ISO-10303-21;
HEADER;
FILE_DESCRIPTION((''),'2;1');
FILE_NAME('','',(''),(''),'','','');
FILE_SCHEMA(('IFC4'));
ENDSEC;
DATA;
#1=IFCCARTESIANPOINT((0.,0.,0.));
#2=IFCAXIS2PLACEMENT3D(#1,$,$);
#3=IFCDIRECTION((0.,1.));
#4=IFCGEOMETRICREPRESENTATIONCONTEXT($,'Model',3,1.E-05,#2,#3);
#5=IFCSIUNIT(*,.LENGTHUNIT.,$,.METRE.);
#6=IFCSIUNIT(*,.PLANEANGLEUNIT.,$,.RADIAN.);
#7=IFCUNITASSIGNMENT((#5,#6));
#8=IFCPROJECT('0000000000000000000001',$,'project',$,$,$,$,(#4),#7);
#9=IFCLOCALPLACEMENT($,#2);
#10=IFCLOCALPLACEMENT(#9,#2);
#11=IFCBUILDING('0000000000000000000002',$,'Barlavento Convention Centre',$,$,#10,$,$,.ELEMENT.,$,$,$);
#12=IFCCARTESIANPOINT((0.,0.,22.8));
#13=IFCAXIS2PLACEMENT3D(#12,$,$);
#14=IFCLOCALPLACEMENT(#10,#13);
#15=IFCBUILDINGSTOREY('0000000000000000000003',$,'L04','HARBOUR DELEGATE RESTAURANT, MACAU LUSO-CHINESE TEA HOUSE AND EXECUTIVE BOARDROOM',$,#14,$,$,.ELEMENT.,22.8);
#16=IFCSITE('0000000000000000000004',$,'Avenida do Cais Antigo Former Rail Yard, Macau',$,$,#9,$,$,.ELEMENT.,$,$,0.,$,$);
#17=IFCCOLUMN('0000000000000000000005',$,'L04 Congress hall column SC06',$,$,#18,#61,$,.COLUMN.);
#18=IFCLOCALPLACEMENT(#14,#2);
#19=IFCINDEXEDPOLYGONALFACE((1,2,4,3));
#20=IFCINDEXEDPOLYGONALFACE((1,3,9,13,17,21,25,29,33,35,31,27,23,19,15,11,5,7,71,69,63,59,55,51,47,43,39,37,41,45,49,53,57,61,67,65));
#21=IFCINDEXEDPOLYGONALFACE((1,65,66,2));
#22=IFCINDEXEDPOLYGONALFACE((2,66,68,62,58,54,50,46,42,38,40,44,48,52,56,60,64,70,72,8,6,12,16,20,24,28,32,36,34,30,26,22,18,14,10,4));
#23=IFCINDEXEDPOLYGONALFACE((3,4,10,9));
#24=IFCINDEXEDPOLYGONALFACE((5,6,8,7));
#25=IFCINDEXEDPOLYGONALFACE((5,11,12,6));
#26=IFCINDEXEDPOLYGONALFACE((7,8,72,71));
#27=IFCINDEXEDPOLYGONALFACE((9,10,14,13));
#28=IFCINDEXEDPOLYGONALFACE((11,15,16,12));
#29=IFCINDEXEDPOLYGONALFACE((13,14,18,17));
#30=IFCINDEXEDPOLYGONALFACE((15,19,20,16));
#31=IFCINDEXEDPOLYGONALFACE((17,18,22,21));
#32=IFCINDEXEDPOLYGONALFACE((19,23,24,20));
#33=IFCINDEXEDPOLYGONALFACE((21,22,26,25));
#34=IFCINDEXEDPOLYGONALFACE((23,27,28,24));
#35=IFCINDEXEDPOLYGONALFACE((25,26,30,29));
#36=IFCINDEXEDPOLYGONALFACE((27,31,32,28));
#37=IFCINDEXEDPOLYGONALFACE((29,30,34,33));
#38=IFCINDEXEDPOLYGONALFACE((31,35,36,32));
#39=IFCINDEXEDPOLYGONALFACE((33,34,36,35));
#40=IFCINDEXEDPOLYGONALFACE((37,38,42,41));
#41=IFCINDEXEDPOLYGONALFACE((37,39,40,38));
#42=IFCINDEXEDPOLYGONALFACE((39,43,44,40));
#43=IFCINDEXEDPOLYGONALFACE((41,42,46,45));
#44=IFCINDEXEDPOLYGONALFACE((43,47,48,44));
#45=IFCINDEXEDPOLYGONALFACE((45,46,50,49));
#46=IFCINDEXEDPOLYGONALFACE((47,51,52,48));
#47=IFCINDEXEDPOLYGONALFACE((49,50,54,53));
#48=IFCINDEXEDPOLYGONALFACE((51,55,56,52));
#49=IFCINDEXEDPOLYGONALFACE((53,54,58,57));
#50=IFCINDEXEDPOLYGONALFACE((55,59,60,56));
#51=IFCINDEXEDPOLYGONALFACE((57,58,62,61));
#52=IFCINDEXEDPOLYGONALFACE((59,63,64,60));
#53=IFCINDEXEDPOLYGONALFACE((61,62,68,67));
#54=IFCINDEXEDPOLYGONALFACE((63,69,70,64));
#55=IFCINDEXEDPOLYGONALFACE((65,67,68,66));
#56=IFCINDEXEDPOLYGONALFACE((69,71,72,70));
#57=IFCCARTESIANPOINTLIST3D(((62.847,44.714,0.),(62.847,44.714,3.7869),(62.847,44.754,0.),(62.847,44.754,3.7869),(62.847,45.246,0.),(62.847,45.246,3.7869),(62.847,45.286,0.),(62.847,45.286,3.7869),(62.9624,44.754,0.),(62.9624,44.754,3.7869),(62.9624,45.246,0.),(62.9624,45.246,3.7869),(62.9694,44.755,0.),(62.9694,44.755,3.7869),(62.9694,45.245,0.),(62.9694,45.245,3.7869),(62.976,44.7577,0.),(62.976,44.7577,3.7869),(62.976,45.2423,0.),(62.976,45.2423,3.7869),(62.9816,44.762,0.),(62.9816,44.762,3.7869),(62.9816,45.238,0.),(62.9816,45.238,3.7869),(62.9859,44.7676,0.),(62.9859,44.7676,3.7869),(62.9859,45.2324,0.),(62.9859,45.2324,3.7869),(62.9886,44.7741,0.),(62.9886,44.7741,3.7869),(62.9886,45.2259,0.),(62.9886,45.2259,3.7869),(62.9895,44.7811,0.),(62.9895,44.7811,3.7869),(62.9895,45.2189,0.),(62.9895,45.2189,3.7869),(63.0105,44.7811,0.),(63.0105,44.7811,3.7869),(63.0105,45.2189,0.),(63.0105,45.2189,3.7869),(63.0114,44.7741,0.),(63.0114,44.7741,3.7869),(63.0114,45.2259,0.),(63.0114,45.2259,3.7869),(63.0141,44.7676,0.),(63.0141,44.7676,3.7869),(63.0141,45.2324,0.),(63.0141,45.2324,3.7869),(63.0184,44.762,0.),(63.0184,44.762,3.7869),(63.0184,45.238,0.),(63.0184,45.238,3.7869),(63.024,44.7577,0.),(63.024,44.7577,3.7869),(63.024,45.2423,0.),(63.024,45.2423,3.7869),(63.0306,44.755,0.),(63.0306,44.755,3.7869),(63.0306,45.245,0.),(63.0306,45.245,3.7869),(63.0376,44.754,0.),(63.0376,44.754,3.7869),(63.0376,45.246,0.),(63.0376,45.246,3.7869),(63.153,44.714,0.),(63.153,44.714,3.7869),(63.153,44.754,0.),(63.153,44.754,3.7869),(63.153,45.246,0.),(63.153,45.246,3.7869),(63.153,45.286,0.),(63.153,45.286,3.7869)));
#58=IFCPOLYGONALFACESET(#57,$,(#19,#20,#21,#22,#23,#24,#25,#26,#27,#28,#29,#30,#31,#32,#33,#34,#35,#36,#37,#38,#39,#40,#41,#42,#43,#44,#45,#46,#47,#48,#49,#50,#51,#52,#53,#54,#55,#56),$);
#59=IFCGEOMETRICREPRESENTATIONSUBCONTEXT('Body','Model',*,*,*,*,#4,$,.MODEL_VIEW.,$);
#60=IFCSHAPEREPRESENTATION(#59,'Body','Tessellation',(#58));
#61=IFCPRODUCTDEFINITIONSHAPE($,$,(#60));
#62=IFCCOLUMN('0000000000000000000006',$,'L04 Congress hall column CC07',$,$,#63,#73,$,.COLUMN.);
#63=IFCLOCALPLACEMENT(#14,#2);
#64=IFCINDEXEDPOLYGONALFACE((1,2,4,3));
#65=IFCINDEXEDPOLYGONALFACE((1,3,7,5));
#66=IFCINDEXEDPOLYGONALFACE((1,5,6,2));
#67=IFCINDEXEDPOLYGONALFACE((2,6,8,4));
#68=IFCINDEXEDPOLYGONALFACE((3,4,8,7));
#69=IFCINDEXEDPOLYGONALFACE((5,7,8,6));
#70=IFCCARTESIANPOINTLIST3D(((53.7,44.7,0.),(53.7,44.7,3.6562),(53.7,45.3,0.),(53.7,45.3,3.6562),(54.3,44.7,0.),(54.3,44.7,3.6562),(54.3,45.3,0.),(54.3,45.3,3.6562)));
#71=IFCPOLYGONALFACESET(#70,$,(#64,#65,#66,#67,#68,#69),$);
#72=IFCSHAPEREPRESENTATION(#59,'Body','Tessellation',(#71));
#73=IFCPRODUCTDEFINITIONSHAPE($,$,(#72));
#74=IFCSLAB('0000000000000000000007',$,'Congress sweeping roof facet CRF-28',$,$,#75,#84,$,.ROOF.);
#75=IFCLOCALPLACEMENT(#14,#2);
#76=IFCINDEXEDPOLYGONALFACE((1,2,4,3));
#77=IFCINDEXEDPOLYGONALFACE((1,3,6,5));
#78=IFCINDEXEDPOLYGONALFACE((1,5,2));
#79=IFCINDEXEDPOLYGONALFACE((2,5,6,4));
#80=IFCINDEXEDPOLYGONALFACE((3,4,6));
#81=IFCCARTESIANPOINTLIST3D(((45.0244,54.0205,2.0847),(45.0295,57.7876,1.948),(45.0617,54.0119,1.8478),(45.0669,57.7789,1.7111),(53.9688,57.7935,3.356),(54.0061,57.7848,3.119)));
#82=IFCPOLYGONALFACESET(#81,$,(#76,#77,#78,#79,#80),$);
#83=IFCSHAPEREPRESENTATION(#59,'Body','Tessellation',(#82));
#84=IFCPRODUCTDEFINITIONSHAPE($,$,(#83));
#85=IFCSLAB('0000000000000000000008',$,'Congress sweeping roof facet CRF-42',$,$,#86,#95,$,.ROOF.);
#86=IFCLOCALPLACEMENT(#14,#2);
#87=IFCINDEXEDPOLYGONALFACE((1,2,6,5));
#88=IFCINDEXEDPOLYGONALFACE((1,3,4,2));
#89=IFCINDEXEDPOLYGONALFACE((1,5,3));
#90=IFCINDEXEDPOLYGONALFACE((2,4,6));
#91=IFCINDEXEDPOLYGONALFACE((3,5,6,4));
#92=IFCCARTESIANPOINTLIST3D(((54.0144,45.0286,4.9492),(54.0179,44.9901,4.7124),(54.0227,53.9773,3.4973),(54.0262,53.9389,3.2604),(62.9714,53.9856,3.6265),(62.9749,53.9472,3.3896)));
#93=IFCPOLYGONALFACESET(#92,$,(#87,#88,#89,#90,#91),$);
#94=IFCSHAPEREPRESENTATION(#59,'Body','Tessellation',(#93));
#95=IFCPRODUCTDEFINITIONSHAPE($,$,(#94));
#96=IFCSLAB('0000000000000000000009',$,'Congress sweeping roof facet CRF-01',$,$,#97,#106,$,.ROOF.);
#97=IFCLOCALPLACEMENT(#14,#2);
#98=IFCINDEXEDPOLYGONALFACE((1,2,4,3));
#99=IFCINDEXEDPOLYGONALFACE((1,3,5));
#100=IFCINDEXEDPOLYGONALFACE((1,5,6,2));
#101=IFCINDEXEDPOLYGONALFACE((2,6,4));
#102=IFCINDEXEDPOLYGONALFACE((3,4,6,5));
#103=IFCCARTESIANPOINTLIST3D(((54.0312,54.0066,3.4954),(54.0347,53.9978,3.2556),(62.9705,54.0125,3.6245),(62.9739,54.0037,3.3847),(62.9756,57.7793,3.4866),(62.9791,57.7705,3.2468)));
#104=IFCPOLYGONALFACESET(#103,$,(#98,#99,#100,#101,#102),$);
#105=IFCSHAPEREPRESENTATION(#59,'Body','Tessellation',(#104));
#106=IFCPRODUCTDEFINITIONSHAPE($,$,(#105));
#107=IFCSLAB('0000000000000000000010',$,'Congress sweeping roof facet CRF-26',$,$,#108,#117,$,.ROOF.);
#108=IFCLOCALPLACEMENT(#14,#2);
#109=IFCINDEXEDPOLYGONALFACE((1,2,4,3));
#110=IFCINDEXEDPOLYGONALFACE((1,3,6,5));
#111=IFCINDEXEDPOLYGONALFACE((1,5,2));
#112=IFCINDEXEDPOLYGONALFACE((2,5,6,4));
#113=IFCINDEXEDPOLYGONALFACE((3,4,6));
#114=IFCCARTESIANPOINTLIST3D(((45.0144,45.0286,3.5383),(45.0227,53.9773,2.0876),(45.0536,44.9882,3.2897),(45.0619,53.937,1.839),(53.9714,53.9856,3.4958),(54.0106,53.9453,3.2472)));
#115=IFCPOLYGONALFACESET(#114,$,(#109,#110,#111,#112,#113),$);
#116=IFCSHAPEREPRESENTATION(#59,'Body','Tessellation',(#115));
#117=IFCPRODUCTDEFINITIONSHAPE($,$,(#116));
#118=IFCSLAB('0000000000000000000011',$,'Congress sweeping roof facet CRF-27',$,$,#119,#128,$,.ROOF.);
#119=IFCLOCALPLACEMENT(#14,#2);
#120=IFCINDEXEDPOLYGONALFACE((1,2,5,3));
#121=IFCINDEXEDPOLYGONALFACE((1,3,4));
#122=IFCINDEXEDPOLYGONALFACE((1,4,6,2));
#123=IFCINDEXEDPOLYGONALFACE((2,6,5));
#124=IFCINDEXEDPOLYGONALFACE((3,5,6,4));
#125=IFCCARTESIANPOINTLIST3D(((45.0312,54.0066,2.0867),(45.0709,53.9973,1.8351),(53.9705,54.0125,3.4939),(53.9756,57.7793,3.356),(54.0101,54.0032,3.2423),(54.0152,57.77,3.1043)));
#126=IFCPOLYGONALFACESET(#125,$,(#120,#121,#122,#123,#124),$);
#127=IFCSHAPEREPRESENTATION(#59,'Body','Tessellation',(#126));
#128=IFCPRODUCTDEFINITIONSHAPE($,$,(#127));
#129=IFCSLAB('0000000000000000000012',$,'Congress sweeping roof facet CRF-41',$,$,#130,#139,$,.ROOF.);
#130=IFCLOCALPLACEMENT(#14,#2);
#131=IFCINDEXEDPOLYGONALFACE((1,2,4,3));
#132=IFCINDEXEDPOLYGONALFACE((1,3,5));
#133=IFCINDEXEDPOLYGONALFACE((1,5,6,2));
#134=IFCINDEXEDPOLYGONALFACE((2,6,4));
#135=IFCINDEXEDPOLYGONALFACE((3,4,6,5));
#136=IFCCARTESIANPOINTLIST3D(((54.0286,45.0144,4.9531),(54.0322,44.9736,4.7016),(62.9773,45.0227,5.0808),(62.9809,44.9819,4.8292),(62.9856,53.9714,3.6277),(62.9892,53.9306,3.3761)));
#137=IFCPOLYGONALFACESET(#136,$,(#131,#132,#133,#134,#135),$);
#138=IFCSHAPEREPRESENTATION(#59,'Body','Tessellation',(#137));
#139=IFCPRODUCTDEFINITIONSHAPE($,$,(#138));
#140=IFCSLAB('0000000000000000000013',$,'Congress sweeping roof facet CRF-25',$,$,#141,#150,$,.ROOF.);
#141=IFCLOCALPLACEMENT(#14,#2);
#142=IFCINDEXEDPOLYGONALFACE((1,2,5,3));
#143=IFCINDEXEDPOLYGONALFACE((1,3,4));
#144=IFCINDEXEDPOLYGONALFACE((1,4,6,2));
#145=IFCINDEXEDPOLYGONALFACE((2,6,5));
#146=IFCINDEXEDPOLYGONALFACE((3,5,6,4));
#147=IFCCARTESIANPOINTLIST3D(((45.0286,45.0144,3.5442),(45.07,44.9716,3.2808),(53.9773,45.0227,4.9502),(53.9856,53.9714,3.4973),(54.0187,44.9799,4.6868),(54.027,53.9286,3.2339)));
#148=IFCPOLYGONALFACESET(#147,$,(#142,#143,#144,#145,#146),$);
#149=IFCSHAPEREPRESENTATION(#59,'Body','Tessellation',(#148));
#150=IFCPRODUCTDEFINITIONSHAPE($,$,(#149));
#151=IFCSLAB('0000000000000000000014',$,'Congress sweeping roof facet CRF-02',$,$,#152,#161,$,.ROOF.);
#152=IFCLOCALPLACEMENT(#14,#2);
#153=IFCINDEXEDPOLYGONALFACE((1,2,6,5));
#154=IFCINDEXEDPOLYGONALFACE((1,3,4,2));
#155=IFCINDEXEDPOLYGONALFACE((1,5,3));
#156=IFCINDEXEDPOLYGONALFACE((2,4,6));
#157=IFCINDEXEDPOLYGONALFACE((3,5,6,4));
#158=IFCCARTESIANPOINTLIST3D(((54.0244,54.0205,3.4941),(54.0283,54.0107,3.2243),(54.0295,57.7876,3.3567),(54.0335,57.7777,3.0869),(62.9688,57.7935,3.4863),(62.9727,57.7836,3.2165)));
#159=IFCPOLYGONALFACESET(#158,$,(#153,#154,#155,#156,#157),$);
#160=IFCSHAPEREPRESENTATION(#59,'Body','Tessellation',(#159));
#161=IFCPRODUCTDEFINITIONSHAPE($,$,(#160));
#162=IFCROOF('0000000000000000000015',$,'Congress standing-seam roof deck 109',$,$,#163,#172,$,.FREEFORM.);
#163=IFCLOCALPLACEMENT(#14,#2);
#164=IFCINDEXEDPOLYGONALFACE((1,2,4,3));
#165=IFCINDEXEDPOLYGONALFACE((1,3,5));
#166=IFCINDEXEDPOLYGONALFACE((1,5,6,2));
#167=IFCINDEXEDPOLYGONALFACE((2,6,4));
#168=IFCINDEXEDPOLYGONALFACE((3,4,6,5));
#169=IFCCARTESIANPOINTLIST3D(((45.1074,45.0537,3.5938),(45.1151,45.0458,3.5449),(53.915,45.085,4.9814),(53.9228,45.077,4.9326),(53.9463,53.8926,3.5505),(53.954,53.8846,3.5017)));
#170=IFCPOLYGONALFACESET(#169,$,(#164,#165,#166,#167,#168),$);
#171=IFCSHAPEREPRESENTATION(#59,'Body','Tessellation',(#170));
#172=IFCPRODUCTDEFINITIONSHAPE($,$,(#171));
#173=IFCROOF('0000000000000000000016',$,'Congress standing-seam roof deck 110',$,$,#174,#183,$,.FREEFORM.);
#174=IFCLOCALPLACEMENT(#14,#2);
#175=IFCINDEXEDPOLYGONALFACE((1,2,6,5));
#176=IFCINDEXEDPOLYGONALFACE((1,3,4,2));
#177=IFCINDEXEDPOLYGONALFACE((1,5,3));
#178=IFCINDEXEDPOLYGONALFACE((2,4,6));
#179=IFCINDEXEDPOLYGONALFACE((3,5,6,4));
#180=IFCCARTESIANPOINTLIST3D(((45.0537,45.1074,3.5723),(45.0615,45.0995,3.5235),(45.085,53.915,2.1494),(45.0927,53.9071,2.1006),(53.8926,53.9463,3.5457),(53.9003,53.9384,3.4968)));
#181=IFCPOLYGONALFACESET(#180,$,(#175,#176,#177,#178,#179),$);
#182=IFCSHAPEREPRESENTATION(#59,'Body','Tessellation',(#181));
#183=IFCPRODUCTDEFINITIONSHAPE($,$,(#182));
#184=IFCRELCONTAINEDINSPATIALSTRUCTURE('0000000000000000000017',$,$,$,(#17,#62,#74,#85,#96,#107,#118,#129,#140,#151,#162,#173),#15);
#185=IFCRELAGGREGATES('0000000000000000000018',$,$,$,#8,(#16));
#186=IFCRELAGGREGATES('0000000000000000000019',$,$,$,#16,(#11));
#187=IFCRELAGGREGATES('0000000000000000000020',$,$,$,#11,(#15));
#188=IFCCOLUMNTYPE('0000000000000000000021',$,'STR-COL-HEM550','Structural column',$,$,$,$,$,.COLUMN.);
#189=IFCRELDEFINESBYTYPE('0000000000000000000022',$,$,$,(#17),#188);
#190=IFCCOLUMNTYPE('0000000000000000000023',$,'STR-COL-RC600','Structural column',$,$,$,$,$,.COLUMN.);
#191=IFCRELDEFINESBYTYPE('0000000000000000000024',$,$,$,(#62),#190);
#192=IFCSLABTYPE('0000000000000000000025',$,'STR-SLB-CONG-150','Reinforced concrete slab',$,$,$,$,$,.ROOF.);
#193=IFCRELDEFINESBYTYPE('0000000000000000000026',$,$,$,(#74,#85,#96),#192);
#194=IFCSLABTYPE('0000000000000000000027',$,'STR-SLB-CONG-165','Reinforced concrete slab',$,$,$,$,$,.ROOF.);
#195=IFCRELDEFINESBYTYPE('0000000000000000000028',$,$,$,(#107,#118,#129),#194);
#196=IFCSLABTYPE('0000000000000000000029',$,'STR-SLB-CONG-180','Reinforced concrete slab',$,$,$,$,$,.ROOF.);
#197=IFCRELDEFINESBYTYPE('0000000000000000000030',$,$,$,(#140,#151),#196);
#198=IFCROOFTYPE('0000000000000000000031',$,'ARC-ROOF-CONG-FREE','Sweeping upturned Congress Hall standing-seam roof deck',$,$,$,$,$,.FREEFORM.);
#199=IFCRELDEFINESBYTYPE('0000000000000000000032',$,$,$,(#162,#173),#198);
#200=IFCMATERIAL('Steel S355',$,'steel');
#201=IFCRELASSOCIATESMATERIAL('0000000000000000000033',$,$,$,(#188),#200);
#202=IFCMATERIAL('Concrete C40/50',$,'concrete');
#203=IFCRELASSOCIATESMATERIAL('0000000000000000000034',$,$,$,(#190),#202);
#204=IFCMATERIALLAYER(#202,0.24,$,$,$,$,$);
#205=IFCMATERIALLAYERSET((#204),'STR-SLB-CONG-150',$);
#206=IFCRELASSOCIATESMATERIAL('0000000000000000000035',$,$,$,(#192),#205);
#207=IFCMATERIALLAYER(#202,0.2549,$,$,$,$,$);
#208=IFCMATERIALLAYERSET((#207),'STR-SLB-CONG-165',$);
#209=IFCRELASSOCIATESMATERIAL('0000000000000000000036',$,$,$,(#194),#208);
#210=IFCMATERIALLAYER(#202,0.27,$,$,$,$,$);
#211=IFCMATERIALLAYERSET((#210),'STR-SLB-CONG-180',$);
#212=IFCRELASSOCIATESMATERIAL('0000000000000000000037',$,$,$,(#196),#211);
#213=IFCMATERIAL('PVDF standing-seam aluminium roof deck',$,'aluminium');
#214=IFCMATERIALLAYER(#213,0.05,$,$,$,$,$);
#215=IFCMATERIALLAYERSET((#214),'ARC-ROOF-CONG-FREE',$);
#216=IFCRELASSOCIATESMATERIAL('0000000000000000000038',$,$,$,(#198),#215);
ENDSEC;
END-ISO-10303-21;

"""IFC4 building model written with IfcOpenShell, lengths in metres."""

from ifc_helpers import new_model, si_unit, direction, frame, origin, origin_2d, place, context, subcontext, project, spatial, polyline, rectangle, i_section, outline, extrude, material, layer, layer_set, material_profile, profile_set, type_object, element, save


model = new_model("IFC4")

# Units and contexts
model_context = context("Model", 3, precision=1e-05, world=origin(), true_north=direction((0.0, 1.0)))
body_context = subcontext(model_context, "Body", "Model", "MODEL_VIEW")
ifc_project = project(units=[si_unit("LENGTHUNIT", "METRE"), si_unit("PLANEANGLEUNIT", "RADIAN")], contexts=[model_context])

# Site, building, storey
site_placement = place(None, origin())
site = spatial("IfcSite", under=ifc_project, at=site_placement, Name="Avenida do Cais Antigo Former Rail Yard, Macau", CompositionType="ELEMENT", RefElevation=0.0)
building_placement = place(site_placement, origin())
building = spatial("IfcBuilding", under=site, at=building_placement, Name="Barlavento Convention Centre", CompositionType="ELEMENT")
storey_placement = place(building_placement, frame((0.0, 0.0, 22.8)))
storey = spatial("IfcBuildingStorey", under=building, at=storey_placement, Name="L04", Description="HARBOUR DELEGATE RESTAURANT, MACAU LUSO-CHINESE TEA HOUSE AND EXECUTIVE BOARDROOM", CompositionType="ELEMENT", Elevation=22.8)

# Columns
ifc_material_1 = material(Name="Steel S355", Category="steel")
ifc_material_profile_1 = material_profile(ifc_material_1, i_section(OverallWidth=0.3059, OverallDepth=0.572, WebThickness=0.021, FlangeThickness=0.04, FilletRadius=0.0271, at=origin_2d()), Name="HEM 550")
ifc_profile_set_1 = profile_set([ifc_material_profile_1], Name="Steel S355")
column_type_1 = type_object("IfcColumnType", Name="STR-COL-HEM550", Description="Structural column", PredefinedType="COLUMN", material=ifc_profile_set_1)
column_1_placement = place(storey_placement, frame((63.0, 45.0, 0.0), z_axis=(0.0, 0.0, 1.0), x_axis=(1.0, 0.0, 0.0)))
element("IfcColumn", 1, at=column_1_placement, inside=storey, type_object=column_type_1, Name="L04 Congress hall column SC06", PredefinedType="COLUMN", context=body_context, shape_type="SweptSolid", body=[
    extrude(i_section(OverallWidth=0.3059, OverallDepth=0.572, WebThickness=0.021, FlangeThickness=0.04, FilletRadius=0.0271, at=origin_2d()), origin(), (0.0, 0.0, 1.0), 3.7869),
])
ifc_material_2 = material(Name="Concrete C40/50", Category="concrete")
ifc_material_profile_2 = material_profile(ifc_material_2, rectangle(XDim=0.6001, YDim=0.6001, at=origin_2d()), Name="RC 600x600")
ifc_profile_set_2 = profile_set([ifc_material_profile_2], Name="Concrete C40/50")
column_type_2 = type_object("IfcColumnType", Name="STR-COL-RC600", Description="Structural column", PredefinedType="COLUMN", material=ifc_profile_set_2)
column_2_placement = place(storey_placement, frame((54.0, 45.0, 0.0), z_axis=(0.0, 0.0, 1.0), x_axis=(1.0, 0.0, 0.0)))
element("IfcColumn", 2, at=column_2_placement, inside=storey, type_object=column_type_2, Name="L04 Congress hall column CC07", PredefinedType="COLUMN", context=body_context, shape_type="SweptSolid", body=[
    extrude(rectangle(XDim=0.6001, YDim=0.6001, at=origin_2d()), origin(), (0.0, 0.0, 1.0), 3.6562),
])

# Slabs
ifc_layer_1 = layer(ifc_material_2, 0.24)
ifc_layer_set_1 = layer_set([ifc_layer_1], Name="STR-SLB-CONG-150")
slab_type_1 = type_object("IfcSlabType", Name="STR-SLB-CONG-150", Description="Reinforced concrete slab", PredefinedType="ROOF", material=ifc_layer_set_1)
slab_1_placement = place(storey_placement, frame((45.0244, 54.0205, 2.0847), z_axis=(-0.155508, 0.036039, 0.987177), x_axis=(0.91358, 0.385372, 0.129845)))
element("IfcSlab", 3, at=slab_1_placement, inside=storey, type_object=slab_type_1, Name="Congress sweeping roof facet CRF-28", PredefinedType="ROOF", context=body_context, shape_type="SweptSolid", body=[
    extrude(outline(polyline([(0.0, 0.0), (9.7904, 0.0), (1.4387, 3.4842), (0.0, 0.0)])), origin(), (0.0, 0.0, -1.0), 0.24),
])
slab_2_placement = place(storey_placement, frame((54.0144, 45.0286, 4.9492), z_axis=(-0.014393, 0.160149, 0.986988), x_axis=(0.703283, 0.703283, -0.103859)))
element("IfcSlab", 4, at=slab_2_placement, inside=storey, type_object=slab_type_1, Name="Congress sweeping roof facet CRF-42", PredefinedType="ROOF", context=body_context, shape_type="SweptSolid", body=[
    extrude(outline(polyline([(0.0, 0.0), (12.736, 0.0), (6.4501, 6.3705), (0.0, 0.0)])), origin(), (0.0, 0.0, -1.0), 0.24),
])
slab_3_placement = place(storey_placement, frame((54.0312, 54.0066, 3.4954), z_axis=(-0.01446, 0.036611, 0.999225), x_axis=(0.999895, 0.000655, 0.014446)))
element("IfcSlab", 5, at=slab_3_placement, inside=storey, type_object=slab_type_1, Name="Congress sweeping roof facet CRF-01", PredefinedType="ROOF", context=body_context, shape_type="SweptSolid", body=[
    extrude(outline(polyline([(0.0, 0.0), (8.9401, 0.0), (8.9457, 3.7694), (0.0, 0.0)])), origin(), (0.0, 0.0, -1.0), 0.24),
])
ifc_layer_2 = layer(ifc_material_2, 0.2549)
ifc_layer_set_2 = layer_set([ifc_layer_2], Name="STR-SLB-CONG-165")
slab_type_2 = type_object("IfcSlabType", Name="STR-SLB-CONG-165", Description="Reinforced concrete slab", PredefinedType="ROOF", material=ifc_layer_set_2)
slab_4_placement = place(storey_placement, frame((45.0144, 45.0286, 3.5383), z_axis=(-0.153635, 0.158261, 0.975372), x_axis=(0.707103, 0.707103, -0.003354)))
element("IfcSlab", 6, at=slab_4_placement, inside=storey, type_object=slab_type_2, Name="Congress sweeping roof facet CRF-26", PredefinedType="ROOF", context=body_context, shape_type="SweptSolid", body=[
    extrude(outline(polyline([(0.0, 0.0), (12.6672, 0.0), (6.3384, 6.4814), (0.0, 0.0)])), origin(), (0.0, 0.0, -1.0), 0.2549),
])
slab_5_placement = place(storey_placement, frame((45.0312, 54.0066, 2.0867), z_axis=(-0.155427, 0.036361, 0.987178), x_axis=(0.987835, 0.000647, 0.155507)))
element("IfcSlab", 7, at=slab_5_placement, inside=storey, type_object=slab_type_2, Name="Congress sweeping roof facet CRF-27", PredefinedType="ROOF", context=body_context, shape_type="SweptSolid", body=[
    extrude(outline(polyline([(0.0, 0.0), (9.0493, 0.0), (9.0354, 3.7693), (0.0, 0.0)])), origin(), (0.0, 0.0, -1.0), 0.2549),
])
slab_6_placement = place(storey_placement, frame((54.0286, 45.0144, 4.9531), z_axis=(-0.014231, 0.160281, 0.986969), x_axis=(0.999898, 0.000927, 0.014267)))
element("IfcSlab", 8, at=slab_6_placement, inside=storey, type_object=slab_type_2, Name="Congress sweeping roof facet CRF-41", PredefinedType="ROOF", context=body_context, shape_type="SweptSolid", body=[
    extrude(outline(polyline([(0.0, 0.0), (8.9496, 0.0), (8.9455, 9.0659), (0.0, 0.0)])), origin(), (0.0, 0.0, -1.0), 0.2549),
])
ifc_layer_3 = layer(ifc_material_2, 0.27)
ifc_layer_set_3 = layer_set([ifc_layer_3], Name="STR-SLB-CONG-180")
slab_type_3 = type_object("IfcSlabType", Name="STR-SLB-CONG-180", Description="Reinforced concrete slab", PredefinedType="ROOF", material=ifc_layer_set_3)
slab_7_placement = place(storey_placement, frame((45.0286, 45.0144, 3.5442), z_axis=(-0.153395, 0.1585, 0.975371), x_axis=(0.98788, 0.000916, 0.155214)))
element("IfcSlab", 9, at=slab_7_placement, inside=storey, type_object=slab_type_3, Name="Congress sweeping roof facet CRF-25", PredefinedType="ROOF", context=body_context, shape_type="SweptSolid", body=[
    extrude(outline(polyline([(0.0, 0.0), (9.0585, 0.0), (8.8494, 9.0635), (0.0, 0.0)])), origin(), (0.0, 0.0, -1.0), 0.27),
])
slab_8_placement = place(storey_placement, frame((54.0244, 54.0205, 3.4941), z_axis=(-0.014515, 0.036479, 0.999229), x_axis=(0.92138, 0.388662, -0.000805)))
element("IfcSlab", 10, at=slab_8_placement, inside=storey, type_object=slab_type_3, Name="Congress sweeping roof facet CRF-02", PredefinedType="ROOF", context=body_context, shape_type="SweptSolid", body=[
    extrude(outline(polyline([(0.0, 0.0), (9.7075, 0.0), (1.469, 3.4716), (0.0, 0.0)])), origin(), (0.0, 0.0, -1.0), 0.27),
])

# Roofs
ifc_material_3 = material(Name="PVDF standing-seam aluminium roof deck", Category="aluminium")
ifc_layer_4 = layer(ifc_material_3, 0.05)
ifc_layer_set_4 = layer_set([ifc_layer_4], Name="ARC-ROOF-CONG-FREE")
roof_type = type_object("IfcRoofType", Name="ARC-ROOF-CONG-FREE", Description="Sweeping upturned Congress Hall standing-seam roof deck", PredefinedType="FREEFORM", material=ifc_layer_set_4)
roof_1_placement = place(storey_placement, frame((45.1074, 45.0537, 3.5938), z_axis=(-0.154207, 0.158975, 0.975165), x_axis=(0.987808, 0.003505, 0.155635)))
element("IfcRoof", 11, at=roof_1_placement, inside=storey, type_object=roof_type, Name="Congress standing-seam roof deck 109", PredefinedType="FREEFORM", context=body_context, shape_type="SweptSolid", body=[
    extrude(outline(polyline([(0.0, 0.0), (8.9163, 0.0), (8.7554, 8.9217), (0.0, 0.0)])), origin(), (0.0, 0.0, -1.0), 0.05),
])
roof_2_placement = place(storey_placement, frame((45.0537, 45.1074, 3.5723), z_axis=(-0.15515, 0.158086, 0.97516), x_axis=(0.707105, 0.707105, -0.002129)))
element("IfcRoof", 12, at=roof_2_placement, inside=storey, type_object=roof_type, Name="Congress standing-seam roof deck 110", PredefinedType="FREEFORM", context=body_context, shape_type="SweptSolid", body=[
    extrude(outline(polyline([(0.0, 0.0), (12.5001, 0.0), (6.253, 6.3639), (0.0, 0.0)])), origin(), (0.0, 0.0, -1.0), 0.05),
])

save(model, "model.ifc")
